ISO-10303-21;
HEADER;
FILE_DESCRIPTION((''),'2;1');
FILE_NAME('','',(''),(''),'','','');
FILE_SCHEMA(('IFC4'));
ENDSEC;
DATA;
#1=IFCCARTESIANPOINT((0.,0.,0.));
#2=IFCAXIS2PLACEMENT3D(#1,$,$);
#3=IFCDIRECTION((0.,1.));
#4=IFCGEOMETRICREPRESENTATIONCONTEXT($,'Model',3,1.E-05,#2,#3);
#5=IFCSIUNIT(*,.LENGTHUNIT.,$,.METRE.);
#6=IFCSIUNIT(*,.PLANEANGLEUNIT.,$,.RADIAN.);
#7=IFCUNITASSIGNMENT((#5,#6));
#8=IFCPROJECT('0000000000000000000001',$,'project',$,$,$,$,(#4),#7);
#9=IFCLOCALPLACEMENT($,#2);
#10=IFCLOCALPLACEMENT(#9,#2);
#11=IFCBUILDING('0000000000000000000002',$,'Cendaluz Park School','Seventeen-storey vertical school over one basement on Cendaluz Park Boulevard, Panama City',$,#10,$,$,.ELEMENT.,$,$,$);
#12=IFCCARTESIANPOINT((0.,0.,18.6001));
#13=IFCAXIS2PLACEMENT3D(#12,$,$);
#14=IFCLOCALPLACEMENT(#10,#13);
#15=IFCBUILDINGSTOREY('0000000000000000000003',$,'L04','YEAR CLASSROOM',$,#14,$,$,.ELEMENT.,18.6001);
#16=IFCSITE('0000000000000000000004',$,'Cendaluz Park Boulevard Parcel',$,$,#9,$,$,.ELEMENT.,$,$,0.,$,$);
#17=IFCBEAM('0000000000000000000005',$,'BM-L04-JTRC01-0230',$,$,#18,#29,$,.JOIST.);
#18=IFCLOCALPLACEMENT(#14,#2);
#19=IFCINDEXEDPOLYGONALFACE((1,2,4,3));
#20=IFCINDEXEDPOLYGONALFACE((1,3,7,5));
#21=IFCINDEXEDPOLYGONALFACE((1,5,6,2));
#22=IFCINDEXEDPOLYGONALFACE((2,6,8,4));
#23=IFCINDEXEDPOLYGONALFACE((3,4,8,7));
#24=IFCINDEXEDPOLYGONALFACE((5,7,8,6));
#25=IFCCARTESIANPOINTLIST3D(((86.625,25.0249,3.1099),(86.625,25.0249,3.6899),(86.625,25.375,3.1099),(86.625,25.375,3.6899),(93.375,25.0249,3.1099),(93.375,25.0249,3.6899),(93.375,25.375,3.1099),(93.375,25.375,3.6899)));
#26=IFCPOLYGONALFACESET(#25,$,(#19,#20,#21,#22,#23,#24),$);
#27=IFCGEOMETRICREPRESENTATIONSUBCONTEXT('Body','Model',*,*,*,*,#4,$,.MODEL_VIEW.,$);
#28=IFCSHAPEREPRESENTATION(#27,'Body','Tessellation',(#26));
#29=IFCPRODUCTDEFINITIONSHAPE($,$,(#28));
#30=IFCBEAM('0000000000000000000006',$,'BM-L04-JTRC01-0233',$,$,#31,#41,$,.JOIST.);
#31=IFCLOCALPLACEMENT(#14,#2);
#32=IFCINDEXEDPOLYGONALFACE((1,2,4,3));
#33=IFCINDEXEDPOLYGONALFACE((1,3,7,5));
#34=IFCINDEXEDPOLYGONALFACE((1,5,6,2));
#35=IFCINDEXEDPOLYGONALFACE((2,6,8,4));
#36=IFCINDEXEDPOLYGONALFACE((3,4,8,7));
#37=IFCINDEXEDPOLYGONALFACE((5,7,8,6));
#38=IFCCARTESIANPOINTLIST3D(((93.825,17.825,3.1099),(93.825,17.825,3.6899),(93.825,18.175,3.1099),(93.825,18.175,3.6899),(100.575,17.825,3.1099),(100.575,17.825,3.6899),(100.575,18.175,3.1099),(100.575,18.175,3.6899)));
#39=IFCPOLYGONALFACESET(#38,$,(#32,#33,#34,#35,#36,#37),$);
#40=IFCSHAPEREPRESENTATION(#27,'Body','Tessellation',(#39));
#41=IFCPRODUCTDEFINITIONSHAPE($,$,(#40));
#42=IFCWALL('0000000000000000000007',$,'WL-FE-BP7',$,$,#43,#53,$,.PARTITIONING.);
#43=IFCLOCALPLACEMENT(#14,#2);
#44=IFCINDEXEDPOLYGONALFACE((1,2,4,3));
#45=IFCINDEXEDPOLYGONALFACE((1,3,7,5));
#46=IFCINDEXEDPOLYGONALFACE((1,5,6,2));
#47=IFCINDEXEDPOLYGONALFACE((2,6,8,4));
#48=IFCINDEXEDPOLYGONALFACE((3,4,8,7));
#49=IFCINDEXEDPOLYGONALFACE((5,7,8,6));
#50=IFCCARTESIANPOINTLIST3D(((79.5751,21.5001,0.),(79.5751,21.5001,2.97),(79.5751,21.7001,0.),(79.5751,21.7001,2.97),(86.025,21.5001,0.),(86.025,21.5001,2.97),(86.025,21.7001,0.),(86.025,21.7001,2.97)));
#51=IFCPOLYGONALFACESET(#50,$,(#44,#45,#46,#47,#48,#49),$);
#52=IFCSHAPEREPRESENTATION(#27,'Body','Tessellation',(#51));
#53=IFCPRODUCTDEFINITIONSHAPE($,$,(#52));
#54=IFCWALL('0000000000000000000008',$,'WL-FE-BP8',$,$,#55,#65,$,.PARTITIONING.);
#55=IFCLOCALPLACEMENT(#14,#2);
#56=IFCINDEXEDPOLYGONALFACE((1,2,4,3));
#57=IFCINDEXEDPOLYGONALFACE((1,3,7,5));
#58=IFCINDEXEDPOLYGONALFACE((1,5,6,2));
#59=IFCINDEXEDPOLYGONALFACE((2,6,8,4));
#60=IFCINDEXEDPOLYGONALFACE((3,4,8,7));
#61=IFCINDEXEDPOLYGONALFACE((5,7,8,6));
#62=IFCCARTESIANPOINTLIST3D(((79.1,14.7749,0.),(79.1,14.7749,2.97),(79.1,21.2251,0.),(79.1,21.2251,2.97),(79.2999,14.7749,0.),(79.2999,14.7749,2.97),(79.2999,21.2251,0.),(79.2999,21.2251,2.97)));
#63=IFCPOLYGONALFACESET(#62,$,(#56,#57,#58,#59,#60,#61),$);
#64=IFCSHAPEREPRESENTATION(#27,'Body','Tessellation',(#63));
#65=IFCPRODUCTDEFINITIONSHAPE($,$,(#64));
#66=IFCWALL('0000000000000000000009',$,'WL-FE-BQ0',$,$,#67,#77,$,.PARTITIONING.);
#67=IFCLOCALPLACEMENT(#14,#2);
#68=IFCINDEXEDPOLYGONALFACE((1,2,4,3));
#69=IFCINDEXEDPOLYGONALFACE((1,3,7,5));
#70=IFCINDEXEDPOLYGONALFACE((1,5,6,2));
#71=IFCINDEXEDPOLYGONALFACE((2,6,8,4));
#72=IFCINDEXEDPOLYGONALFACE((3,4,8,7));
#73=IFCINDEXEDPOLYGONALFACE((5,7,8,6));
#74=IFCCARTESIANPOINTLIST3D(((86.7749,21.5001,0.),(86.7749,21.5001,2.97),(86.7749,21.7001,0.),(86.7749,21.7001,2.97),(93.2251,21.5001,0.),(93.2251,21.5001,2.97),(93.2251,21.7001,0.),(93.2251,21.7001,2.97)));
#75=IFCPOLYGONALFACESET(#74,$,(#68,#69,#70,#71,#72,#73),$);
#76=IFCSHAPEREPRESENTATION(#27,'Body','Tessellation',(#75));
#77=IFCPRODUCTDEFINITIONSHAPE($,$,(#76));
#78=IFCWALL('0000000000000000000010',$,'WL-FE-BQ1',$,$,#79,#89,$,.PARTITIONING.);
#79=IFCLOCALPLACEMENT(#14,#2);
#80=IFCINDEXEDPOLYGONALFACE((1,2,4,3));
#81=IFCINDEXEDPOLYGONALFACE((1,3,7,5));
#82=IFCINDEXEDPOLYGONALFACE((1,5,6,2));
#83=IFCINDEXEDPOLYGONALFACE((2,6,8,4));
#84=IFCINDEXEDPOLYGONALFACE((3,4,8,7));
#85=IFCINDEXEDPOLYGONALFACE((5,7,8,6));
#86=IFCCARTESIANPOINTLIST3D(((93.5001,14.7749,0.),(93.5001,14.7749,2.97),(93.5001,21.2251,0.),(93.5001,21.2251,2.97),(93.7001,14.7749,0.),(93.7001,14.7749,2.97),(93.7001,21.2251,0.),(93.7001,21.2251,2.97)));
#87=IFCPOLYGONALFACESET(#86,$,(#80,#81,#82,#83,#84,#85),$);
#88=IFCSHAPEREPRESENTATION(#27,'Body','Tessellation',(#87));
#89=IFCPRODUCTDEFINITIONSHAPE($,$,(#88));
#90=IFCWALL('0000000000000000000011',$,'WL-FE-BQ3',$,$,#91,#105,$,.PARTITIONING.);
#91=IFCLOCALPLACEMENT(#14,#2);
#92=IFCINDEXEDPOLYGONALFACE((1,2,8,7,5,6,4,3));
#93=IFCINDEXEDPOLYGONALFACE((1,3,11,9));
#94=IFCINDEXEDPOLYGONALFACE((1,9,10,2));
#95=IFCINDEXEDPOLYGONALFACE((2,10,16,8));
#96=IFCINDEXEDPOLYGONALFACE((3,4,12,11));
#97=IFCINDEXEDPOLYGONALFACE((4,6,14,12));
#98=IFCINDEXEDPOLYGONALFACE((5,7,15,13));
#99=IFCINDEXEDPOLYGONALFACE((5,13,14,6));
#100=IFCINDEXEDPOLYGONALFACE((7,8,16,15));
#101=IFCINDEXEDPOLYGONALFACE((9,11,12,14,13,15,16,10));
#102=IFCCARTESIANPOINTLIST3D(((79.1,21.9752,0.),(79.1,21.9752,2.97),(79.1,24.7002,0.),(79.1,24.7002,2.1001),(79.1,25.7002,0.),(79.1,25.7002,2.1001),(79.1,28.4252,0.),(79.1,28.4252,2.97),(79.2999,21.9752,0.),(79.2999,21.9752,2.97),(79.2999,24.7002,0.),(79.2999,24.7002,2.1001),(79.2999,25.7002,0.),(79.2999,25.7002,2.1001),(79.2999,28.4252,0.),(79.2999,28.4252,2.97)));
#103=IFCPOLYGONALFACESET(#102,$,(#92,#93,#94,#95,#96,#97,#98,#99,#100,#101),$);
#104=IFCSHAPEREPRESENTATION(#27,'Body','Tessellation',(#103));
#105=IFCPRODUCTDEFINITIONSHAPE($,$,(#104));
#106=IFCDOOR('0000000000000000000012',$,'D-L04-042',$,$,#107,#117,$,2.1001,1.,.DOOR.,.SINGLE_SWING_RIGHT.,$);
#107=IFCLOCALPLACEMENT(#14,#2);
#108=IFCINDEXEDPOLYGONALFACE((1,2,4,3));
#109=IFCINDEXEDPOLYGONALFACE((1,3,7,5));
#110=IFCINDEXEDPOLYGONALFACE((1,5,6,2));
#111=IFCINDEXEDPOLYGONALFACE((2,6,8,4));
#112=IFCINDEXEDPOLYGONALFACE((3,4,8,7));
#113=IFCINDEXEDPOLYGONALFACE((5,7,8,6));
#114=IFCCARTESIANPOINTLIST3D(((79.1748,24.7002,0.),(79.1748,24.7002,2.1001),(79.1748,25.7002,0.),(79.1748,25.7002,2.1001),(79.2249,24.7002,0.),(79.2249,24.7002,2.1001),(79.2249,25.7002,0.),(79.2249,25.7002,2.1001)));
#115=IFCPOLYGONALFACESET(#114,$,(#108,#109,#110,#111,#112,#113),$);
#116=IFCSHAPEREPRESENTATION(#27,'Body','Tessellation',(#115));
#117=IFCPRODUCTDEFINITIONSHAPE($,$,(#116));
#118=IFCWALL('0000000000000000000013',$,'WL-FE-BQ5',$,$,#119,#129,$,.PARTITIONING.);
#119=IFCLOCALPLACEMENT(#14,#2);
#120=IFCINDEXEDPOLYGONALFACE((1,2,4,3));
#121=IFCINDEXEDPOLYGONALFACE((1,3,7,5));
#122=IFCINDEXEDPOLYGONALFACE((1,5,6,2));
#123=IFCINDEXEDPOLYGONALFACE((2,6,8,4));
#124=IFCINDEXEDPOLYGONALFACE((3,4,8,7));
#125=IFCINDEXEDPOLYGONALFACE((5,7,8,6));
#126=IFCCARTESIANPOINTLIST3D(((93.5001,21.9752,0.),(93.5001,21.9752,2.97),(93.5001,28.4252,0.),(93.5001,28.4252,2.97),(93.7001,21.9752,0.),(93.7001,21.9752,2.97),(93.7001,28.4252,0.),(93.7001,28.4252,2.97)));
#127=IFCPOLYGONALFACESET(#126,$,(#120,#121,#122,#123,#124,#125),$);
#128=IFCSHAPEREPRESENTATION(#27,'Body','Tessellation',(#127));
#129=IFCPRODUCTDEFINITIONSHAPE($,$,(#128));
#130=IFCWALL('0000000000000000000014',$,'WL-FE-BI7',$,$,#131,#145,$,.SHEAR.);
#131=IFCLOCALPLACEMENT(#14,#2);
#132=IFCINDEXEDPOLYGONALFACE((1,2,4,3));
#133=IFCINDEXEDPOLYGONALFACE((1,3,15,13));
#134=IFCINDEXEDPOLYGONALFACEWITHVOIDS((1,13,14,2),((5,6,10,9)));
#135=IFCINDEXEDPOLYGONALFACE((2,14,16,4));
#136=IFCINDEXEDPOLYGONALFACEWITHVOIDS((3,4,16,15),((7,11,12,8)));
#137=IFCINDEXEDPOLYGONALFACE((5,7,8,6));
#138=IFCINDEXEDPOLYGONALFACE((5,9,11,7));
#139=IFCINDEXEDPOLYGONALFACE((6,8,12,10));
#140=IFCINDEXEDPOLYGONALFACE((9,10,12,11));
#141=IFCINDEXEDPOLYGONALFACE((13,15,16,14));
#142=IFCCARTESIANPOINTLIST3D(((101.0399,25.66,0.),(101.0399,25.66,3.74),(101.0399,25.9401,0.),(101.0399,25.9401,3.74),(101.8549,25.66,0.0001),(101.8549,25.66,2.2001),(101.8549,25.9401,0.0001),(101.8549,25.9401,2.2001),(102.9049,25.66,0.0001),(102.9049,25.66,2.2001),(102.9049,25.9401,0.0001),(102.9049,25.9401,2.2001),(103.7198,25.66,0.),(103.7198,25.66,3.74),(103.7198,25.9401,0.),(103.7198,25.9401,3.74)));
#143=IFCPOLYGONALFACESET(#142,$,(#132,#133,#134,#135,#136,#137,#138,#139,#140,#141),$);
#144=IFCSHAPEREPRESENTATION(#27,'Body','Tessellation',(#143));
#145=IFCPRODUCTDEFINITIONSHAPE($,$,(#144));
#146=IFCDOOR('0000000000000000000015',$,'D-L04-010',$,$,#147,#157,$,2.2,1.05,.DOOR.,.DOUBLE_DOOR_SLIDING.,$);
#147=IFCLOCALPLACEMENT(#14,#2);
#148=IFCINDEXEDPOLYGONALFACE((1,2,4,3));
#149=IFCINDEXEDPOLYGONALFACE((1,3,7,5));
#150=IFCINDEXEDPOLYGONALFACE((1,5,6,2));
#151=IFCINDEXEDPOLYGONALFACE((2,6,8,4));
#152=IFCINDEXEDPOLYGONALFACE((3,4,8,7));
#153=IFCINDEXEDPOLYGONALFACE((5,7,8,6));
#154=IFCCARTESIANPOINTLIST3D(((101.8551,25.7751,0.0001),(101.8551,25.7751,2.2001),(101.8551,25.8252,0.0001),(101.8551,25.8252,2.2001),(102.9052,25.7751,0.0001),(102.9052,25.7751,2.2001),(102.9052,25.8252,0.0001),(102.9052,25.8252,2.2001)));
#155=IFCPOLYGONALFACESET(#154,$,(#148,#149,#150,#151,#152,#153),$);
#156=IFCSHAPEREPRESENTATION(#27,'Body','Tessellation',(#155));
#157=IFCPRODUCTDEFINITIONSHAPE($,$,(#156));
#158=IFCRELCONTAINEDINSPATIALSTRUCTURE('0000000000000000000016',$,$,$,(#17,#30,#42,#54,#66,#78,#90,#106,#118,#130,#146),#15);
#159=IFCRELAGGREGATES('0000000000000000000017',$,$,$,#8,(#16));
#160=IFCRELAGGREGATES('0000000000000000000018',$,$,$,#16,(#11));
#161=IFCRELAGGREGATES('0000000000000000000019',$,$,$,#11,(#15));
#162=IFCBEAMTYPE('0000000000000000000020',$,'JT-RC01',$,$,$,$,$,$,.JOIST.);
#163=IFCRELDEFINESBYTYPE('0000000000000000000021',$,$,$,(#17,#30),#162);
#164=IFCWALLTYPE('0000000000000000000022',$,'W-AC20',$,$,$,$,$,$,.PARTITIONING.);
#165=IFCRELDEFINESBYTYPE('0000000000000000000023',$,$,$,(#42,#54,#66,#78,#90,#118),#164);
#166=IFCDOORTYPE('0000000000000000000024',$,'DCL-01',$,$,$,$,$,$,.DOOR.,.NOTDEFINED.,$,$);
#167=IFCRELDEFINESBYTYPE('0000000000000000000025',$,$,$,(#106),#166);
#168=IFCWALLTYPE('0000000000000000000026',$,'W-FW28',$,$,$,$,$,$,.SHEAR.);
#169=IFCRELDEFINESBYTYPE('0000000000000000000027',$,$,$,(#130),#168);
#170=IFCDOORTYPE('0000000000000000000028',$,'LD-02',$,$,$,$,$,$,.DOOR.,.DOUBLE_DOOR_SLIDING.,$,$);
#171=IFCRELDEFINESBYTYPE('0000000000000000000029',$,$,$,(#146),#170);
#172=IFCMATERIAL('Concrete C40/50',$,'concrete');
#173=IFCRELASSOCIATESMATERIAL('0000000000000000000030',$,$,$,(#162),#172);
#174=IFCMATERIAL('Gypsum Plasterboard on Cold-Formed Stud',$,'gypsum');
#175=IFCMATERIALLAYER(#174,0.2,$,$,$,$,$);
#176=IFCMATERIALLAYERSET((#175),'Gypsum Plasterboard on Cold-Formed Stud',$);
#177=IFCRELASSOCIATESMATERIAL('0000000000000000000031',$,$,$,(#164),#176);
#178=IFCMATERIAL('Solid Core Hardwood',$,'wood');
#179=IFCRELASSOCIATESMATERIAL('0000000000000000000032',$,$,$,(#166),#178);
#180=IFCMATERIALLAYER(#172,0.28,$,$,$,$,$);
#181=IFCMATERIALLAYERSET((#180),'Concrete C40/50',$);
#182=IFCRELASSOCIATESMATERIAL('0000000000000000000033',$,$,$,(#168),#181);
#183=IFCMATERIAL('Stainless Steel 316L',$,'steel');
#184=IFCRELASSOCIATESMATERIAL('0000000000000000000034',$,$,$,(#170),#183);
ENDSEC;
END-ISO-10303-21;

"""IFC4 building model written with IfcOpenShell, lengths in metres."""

from ifc_helpers import new_model, si_unit, direction, frame, frame_2d, origin, origin_2d, place, context, subcontext, project, spatial, rectangle, extrude, material, layer, layer_set, material_profile, profile_set, type_object, element, fill, save


model = new_model("IFC4")

# Units and contexts
model_context = context("Model", 3, precision=1e-05, world=origin(), true_north=direction((0.0, 1.0)))
body_context = subcontext(model_context, "Body", "Model", "MODEL_VIEW")
ifc_project = project(units=[si_unit("LENGTHUNIT", "METRE"), si_unit("PLANEANGLEUNIT", "RADIAN")], contexts=[model_context])

# Site, building, storey
site_placement = place(None, origin())
site = spatial("IfcSite", under=ifc_project, at=site_placement, Name="Cendaluz Park Boulevard Parcel", CompositionType="ELEMENT", RefElevation=0.0)
building_placement = place(site_placement, origin())
building = spatial("IfcBuilding", under=site, at=building_placement, Name="Cendaluz Park School", Description="Seventeen-storey vertical school over one basement on Cendaluz Park Boulevard, Panama City", CompositionType="ELEMENT")
storey_placement = place(building_placement, frame((0.0, 0.0, 18.6001)))
storey = spatial("IfcBuildingStorey", under=building, at=storey_placement, Name="L04", Description="YEAR CLASSROOM", CompositionType="ELEMENT", Elevation=18.6001)

# Shared definitions
ifc_material_1 = material(Name="Concrete C40/50", Category="concrete")

# Beams
ifc_material_profile_1 = material_profile(ifc_material_1, rectangle(XDim=0.3501, YDim=0.5801, at=origin_2d()), Name="RC 350x580", Category="concrete")
ifc_profile_set_1 = profile_set([ifc_material_profile_1], Name="Concrete C40/50")
beam_type_1 = type_object("IfcBeamType", Name="JT-RC01", PredefinedType="JOIST", material=ifc_profile_set_1)
for number, where, z_axis, x_axis, name in (
    (1, (86.625, 25.2, 3.3999), (1.0, 0.0, 0.0), (0.0, 1.0, 0.0), "BM-L04-JTRC01-0230"),
    (2, (93.825, 18.0, 3.3999), (1.0, 0.0, 0.0), (0.0, 1.0, 0.0), "BM-L04-JTRC01-0233"),
):
    element("IfcBeam", number, at=place(storey_placement, frame(where, z_axis=z_axis, x_axis=x_axis)), inside=storey, type_object=beam_type_1, Name=name, PredefinedType="JOIST", context=body_context, shape_type="SweptSolid", body=[
        extrude(rectangle(XDim=0.3501, YDim=0.5801, at=origin_2d()), origin(), (0.0, 0.0, 1.0), 6.75),
    ])

# Walls
ifc_material_2 = material(Name="Gypsum Plasterboard on Cold-Formed Stud", Category="gypsum")
ifc_layer_1 = layer(ifc_material_2, 0.2)
ifc_layer_set_1 = layer_set([ifc_layer_1], Name="Gypsum Plasterboard on Cold-Formed Stud")
wall_type_1 = type_object("IfcWallType", Name="W-AC20", PredefinedType="PARTITIONING", material=ifc_layer_set_1)
wall_1_placement = place(storey_placement, frame((79.575, 21.6001, 0.0), z_axis=(0.0, 0.0, 1.0), x_axis=(1.0, 0.0, 0.0)))
element("IfcWall", 3, at=wall_1_placement, inside=storey, type_object=wall_type_1, Name="WL-FE-BP7", PredefinedType="PARTITIONING", context=body_context, shape_type="SweptSolid", body=[
    extrude(rectangle(XDim=6.45, YDim=0.2, at=frame_2d((3.2251, 0.0))), origin(), (0.0, 0.0, 1.0), 2.97),
])
for number, where, z_axis, x_axis, name in (
    (4, (79.2, 14.7749, 0.0), (0.0, 0.0, 1.0), (0.0, 1.0, 0.0), "WL-FE-BP8"),
    (5, (86.7749, 21.6001, 0.0), (0.0, 0.0, 1.0), (1.0, 0.0, 0.0), "WL-FE-BQ0"),
    (6, (93.6001, 14.7749, 0.0), (0.0, 0.0, 1.0), (0.0, 1.0, 0.0), "WL-FE-BQ1"),
):
    element("IfcWall", number, at=place(storey_placement, frame(where, z_axis=z_axis, x_axis=x_axis)), inside=storey, type_object=wall_type_1, Name=name, PredefinedType="PARTITIONING", context=body_context, shape_type="SweptSolid", body=[
        extrude(rectangle(XDim=6.4502, YDim=0.2, at=frame_2d((3.2251, 0.0))), origin(), (0.0, 0.0, 1.0), 2.97),
    ])

# Wall, opening, door
wall_2_placement = place(storey_placement, frame((79.2, 21.9751, 0.0), z_axis=(0.0, 0.0, 1.0), x_axis=(0.0, 1.0, 0.0)))
wall_2 = element("IfcWall", 7, at=wall_2_placement, inside=storey, type_object=wall_type_1, Name="WL-FE-BQ3", PredefinedType="PARTITIONING", context=body_context, shape_type="SweptSolid", body=[
    extrude(rectangle(XDim=6.45, YDim=0.2, at=frame_2d((3.2251, 0.0))), origin(), (0.0, 0.0, 1.0), 2.97),
])
opening_1_placement = place(wall_2_placement, frame((2.7251, 0.0, 0.0)))
opening_1 = element("IfcOpeningElement", 8, at=opening_1_placement, cuts=wall_2, PredefinedType="OPENING", context=body_context, shape_type="SweptSolid", body=[
    extrude(rectangle(XDim=1.0, YDim=2.1001, at=frame_2d((0.5, 1.05))), frame((0.0, 0.1121, 0.0), z_axis=(0.0, -1.0, 0.0), x_axis=(1.0, 0.0, 0.0)), (0.0, 0.0, 1.0), 0.2239),
])
ifc_material_3 = material(Name="Solid Core Hardwood", Category="wood")
door_type_1 = type_object("IfcDoorType", Name="DCL-01", OperationType="NOTDEFINED", PredefinedType="DOOR", material=ifc_material_3)
door_1_placement = place(opening_1_placement, frame((1.0, 0.0, 0.0), z_axis=(0.0, 0.0, 1.0), x_axis=(-1.0, 0.0, 0.0)))
door_1 = element("IfcDoor", 9, at=door_1_placement, inside=storey, type_object=door_type_1, Name="D-L04-042", OperationType="SINGLE_SWING_RIGHT", OverallHeight=2.1001, OverallWidth=1.0, PredefinedType="DOOR", context=body_context, shape_type="SweptSolid", body=[
    extrude(rectangle(XDim=1.0, YDim=2.1001, at=frame_2d((0.5, 1.05))), frame((0.0, 0.0249, 0.0), z_axis=(0.0, -1.0, 0.0), x_axis=(1.0, 0.0, 0.0)), (0.0, 0.0, 1.0), 0.05),
])
fill(opening_1, door_1)

# Wall
wall_3_placement = place(storey_placement, frame((93.6001, 21.9751, 0.0), z_axis=(0.0, 0.0, 1.0), x_axis=(0.0, 1.0, 0.0)))
element("IfcWall", 10, at=wall_3_placement, inside=storey, type_object=wall_type_1, Name="WL-FE-BQ5", PredefinedType="PARTITIONING", context=body_context, shape_type="SweptSolid", body=[
    extrude(rectangle(XDim=6.45, YDim=0.2, at=frame_2d((3.2251, 0.0))), origin(), (0.0, 0.0, 1.0), 2.97),
])

# Wall, opening, door
ifc_layer_2 = layer(ifc_material_1, 0.28)
ifc_layer_set_2 = layer_set([ifc_layer_2], Name="Concrete C40/50")
wall_type_2 = type_object("IfcWallType", Name="W-FW28", PredefinedType="SHEAR", material=ifc_layer_set_2)
wall_4_placement = place(storey_placement, frame((101.04, 25.8, 0.0), z_axis=(0.0, 0.0, 1.0), x_axis=(1.0, 0.0, 0.0)))
wall_4 = element("IfcWall", 11, at=wall_4_placement, inside=storey, type_object=wall_type_2, Name="WL-FE-BI7", PredefinedType="SHEAR", context=body_context, shape_type="SweptSolid", body=[
    extrude(rectangle(XDim=2.6799, YDim=0.28, at=frame_2d((1.3398, 0.0))), origin(), (0.0, 0.0, 1.0), 3.74),
])
opening_2_placement = place(wall_4_placement, frame((0.8149, 0.0, 0.0)))
opening_2 = element("IfcOpeningElement", 12, at=opening_2_placement, cuts=wall_4, PredefinedType="OPENING", context=body_context, shape_type="SweptSolid", body=[
    extrude(rectangle(XDim=1.05, YDim=2.2, at=frame_2d((0.5249, 1.1001))), frame((0.0, 0.1521, 0.0), z_axis=(0.0, -1.0, 0.0), x_axis=(1.0, 0.0, 0.0)), (0.0, 0.0, 1.0), 0.304),
])
ifc_material_4 = material(Name="Stainless Steel 316L", Category="steel")
door_type_2 = type_object("IfcDoorType", Name="LD-02", OperationType="DOUBLE_DOOR_SLIDING", PredefinedType="DOOR", material=ifc_material_4)
door_2_placement = place(opening_2_placement, frame((1.05, 0.0, 0.0), z_axis=(0.0, 0.0, 1.0), x_axis=(-1.0, 0.0, 0.0)))
door_2 = element("IfcDoor", 13, at=door_2_placement, inside=storey, type_object=door_type_2, Name="D-L04-010", OperationType="DOUBLE_DOOR_SLIDING", OverallHeight=2.2, OverallWidth=1.05, PredefinedType="DOOR", context=body_context, shape_type="SweptSolid", body=[
    extrude(rectangle(XDim=1.05, YDim=2.2, at=frame_2d((0.5249, 1.1001))), frame((0.0, 0.0249, 0.0), z_axis=(0.0, -1.0, 0.0), x_axis=(1.0, 0.0, 0.0)), (0.0, 0.0, 1.0), 0.05),
])
fill(opening_2, door_2)

save(model, "model.ifc")
